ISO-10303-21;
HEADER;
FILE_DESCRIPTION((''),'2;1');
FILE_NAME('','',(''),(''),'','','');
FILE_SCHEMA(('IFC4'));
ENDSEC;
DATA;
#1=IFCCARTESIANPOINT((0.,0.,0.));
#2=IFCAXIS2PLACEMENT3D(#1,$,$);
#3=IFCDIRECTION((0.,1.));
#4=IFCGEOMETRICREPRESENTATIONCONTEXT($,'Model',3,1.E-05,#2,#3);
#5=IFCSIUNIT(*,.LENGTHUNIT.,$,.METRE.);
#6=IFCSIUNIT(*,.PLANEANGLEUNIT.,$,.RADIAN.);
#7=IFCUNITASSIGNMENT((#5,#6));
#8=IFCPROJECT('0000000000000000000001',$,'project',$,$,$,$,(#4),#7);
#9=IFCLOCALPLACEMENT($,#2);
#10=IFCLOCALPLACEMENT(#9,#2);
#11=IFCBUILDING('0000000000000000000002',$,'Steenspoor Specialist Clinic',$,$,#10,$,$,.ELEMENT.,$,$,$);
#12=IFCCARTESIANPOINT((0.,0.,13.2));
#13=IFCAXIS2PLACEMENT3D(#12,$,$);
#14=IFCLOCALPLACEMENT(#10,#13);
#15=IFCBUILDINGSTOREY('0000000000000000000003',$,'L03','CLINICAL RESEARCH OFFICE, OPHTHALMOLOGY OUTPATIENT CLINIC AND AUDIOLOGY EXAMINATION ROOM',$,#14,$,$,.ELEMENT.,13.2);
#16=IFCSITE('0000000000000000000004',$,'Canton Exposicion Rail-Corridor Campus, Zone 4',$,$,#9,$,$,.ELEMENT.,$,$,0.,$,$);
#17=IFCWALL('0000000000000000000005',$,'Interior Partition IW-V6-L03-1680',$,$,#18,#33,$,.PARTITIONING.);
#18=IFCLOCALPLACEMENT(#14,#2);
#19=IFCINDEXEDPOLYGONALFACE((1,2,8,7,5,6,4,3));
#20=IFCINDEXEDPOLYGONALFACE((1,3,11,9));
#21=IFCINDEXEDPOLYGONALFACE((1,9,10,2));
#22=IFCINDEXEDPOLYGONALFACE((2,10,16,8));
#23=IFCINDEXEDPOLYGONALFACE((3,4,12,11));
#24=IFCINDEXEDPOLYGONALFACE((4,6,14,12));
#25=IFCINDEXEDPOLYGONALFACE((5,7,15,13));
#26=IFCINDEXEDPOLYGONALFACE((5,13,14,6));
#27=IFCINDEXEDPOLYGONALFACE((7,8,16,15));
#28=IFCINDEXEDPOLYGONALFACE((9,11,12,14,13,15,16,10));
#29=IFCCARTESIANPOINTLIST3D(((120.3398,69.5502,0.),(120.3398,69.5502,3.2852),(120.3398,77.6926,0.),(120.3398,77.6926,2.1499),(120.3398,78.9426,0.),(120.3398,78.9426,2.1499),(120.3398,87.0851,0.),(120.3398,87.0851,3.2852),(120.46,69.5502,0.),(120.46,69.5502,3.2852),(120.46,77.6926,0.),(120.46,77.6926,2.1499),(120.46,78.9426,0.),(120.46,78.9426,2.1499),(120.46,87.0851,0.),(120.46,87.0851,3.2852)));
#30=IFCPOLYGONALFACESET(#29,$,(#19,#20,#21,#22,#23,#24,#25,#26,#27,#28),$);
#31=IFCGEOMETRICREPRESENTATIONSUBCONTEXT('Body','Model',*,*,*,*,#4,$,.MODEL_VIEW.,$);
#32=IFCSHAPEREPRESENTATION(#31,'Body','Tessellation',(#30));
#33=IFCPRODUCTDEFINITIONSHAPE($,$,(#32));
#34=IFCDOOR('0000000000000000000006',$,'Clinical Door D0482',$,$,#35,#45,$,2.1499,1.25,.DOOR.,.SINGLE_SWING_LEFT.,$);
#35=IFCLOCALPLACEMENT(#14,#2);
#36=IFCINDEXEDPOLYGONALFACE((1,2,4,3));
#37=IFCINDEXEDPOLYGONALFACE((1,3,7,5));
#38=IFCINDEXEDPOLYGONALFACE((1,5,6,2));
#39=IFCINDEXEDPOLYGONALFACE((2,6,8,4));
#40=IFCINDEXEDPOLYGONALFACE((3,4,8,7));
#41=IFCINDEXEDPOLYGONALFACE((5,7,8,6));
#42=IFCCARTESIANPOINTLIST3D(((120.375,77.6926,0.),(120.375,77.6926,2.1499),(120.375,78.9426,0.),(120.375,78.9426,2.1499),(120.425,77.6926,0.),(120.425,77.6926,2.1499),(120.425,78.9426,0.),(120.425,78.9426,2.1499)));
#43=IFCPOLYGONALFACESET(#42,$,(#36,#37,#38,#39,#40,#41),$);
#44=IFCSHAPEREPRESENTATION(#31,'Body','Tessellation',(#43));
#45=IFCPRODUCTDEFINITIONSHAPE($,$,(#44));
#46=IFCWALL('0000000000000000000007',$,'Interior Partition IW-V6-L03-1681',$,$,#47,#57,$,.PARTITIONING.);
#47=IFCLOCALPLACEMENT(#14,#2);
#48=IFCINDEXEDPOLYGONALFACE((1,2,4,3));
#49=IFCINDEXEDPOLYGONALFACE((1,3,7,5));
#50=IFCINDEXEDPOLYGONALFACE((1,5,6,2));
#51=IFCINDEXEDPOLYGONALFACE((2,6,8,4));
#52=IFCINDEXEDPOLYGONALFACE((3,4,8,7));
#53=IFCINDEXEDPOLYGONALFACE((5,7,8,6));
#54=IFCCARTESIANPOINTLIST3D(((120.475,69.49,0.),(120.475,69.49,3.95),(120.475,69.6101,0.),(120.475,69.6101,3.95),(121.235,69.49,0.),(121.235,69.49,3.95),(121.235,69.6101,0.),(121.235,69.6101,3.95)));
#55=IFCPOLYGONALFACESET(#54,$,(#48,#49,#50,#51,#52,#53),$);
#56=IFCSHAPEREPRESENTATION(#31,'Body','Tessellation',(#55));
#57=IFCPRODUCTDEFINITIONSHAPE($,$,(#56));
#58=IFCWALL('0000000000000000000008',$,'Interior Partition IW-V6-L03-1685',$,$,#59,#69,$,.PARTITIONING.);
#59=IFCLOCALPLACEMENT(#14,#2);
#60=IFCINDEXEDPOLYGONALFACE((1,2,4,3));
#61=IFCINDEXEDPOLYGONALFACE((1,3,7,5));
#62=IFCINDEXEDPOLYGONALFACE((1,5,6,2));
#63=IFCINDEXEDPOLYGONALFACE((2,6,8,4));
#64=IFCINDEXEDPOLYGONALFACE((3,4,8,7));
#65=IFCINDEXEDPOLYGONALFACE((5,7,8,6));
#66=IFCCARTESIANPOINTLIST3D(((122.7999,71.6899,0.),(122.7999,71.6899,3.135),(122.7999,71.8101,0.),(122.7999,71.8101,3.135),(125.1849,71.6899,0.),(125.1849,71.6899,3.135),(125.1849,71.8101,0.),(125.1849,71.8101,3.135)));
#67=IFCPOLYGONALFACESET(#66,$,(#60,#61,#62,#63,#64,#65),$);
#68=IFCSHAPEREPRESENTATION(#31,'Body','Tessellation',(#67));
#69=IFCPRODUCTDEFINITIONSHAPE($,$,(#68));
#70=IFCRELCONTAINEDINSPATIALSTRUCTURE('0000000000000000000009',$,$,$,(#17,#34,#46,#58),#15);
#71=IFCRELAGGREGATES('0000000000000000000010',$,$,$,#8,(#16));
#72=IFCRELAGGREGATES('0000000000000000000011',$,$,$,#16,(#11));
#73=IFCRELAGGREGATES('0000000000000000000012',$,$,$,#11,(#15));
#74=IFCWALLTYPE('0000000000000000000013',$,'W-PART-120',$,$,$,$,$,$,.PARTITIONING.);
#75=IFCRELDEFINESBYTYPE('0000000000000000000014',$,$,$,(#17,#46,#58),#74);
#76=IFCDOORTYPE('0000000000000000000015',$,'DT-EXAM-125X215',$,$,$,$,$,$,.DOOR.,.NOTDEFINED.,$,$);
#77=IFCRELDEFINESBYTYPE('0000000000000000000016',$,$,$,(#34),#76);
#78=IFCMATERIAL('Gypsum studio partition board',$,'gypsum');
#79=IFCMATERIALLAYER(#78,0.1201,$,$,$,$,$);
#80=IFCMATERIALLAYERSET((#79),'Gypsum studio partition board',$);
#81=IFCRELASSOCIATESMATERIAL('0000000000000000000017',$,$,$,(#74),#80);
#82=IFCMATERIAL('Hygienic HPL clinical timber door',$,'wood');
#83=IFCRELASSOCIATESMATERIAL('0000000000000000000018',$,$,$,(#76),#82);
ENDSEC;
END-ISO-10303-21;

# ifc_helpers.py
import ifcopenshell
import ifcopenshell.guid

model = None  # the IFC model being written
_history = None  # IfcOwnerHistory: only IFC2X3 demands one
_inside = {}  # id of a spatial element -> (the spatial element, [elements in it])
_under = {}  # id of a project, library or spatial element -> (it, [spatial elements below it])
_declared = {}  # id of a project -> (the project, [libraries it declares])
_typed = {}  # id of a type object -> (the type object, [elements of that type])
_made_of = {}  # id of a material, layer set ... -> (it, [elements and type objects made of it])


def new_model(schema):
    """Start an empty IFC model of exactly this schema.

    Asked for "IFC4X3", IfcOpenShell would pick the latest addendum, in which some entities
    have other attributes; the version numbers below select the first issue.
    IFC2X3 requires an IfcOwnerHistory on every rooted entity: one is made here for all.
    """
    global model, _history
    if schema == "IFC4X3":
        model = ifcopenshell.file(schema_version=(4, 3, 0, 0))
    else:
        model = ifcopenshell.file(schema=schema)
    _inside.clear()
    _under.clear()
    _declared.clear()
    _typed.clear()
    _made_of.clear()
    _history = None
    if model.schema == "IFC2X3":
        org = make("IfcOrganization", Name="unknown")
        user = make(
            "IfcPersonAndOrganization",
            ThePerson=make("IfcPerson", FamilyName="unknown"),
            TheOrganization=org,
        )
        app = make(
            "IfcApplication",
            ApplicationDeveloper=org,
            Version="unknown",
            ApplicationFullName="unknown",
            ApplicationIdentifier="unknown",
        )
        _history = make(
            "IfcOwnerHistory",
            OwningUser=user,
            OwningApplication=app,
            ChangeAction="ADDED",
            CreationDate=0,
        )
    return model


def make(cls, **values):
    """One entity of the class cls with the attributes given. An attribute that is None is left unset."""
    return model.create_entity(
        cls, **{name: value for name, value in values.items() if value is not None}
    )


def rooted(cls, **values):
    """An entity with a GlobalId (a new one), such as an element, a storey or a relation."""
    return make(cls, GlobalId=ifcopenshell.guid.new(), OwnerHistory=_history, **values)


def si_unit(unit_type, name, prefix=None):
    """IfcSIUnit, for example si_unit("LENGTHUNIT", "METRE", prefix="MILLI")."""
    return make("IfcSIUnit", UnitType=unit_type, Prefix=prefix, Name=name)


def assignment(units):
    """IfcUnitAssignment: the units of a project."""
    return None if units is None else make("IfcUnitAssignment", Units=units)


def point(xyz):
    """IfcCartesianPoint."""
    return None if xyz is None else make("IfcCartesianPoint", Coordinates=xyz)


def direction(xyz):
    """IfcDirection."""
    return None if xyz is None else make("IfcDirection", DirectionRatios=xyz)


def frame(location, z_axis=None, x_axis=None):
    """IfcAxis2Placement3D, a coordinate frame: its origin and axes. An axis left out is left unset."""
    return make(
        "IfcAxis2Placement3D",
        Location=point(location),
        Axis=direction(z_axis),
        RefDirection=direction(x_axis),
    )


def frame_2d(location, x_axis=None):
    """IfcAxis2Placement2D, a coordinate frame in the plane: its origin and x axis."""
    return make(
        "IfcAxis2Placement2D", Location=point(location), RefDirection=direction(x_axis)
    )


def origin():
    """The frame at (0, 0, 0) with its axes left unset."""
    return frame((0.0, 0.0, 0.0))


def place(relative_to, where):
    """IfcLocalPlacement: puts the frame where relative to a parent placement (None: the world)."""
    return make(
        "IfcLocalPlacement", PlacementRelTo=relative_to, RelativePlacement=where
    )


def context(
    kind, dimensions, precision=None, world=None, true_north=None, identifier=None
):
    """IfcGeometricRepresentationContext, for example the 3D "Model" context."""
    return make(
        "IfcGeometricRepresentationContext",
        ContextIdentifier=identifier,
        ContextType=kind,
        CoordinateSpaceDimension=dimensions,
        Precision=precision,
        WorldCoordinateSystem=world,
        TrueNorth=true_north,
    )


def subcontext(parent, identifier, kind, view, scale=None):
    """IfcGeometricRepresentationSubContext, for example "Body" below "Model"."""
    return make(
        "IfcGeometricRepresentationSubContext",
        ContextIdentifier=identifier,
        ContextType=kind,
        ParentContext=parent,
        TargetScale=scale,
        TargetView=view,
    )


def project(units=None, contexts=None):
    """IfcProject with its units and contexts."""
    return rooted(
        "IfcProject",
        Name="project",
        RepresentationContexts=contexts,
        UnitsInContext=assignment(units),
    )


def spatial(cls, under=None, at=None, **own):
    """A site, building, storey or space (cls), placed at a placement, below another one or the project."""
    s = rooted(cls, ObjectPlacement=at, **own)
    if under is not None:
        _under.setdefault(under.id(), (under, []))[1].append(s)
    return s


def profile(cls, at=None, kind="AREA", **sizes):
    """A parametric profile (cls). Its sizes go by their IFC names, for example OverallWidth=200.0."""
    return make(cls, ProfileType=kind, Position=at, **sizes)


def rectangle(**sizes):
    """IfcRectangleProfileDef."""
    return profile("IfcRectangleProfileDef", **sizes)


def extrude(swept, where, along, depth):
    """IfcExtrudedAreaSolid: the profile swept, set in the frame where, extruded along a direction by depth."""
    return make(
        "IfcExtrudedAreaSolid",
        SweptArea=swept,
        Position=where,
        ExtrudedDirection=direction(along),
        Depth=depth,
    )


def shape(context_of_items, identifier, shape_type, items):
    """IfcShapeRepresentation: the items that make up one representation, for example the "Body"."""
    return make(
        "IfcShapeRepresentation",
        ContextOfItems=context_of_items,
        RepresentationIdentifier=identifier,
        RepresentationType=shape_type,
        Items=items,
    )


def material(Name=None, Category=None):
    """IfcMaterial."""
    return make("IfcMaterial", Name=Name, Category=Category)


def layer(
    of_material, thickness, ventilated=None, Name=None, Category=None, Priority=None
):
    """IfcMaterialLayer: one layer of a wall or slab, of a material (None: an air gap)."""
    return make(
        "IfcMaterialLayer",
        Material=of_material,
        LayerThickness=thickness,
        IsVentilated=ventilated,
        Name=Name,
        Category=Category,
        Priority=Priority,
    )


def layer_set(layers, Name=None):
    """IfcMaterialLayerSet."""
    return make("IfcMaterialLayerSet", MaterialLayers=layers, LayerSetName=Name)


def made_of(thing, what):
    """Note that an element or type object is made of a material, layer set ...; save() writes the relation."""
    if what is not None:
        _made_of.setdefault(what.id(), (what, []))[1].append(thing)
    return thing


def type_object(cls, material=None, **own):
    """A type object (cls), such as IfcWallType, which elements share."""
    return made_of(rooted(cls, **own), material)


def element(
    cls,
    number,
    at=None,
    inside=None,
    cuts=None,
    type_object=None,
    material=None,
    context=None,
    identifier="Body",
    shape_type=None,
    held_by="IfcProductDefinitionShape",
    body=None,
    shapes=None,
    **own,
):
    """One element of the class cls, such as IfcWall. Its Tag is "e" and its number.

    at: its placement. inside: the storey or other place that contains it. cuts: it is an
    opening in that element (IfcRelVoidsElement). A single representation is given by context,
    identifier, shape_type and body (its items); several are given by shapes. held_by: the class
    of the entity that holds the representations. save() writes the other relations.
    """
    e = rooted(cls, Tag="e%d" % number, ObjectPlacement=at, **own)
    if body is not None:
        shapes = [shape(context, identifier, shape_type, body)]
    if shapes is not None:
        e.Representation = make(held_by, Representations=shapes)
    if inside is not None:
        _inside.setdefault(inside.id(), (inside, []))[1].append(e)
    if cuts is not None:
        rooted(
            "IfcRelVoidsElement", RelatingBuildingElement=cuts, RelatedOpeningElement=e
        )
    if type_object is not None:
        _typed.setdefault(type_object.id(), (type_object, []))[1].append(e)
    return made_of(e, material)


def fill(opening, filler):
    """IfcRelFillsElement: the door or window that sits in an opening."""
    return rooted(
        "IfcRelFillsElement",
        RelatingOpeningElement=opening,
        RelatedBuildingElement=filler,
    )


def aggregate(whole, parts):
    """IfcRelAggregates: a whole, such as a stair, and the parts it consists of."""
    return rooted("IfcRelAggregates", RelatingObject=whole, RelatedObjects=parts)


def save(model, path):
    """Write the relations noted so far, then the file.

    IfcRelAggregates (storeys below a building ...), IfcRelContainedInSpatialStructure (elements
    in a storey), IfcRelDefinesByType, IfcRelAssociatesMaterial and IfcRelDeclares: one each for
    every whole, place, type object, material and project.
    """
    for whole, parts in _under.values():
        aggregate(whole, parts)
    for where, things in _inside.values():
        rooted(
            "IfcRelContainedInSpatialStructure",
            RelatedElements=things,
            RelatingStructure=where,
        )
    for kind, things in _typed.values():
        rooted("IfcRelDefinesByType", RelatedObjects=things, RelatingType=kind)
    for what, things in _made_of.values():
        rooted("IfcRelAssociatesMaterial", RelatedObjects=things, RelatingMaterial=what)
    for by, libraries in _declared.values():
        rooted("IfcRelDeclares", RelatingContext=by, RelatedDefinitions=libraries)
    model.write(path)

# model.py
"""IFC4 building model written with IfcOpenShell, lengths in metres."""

from ifc_helpers import new_model, si_unit, direction, frame, frame_2d, origin, place, context, subcontext, project, spatial, rectangle, extrude, material, layer, layer_set, type_object, element, fill, save


model = new_model("IFC4")

# Units and contexts
model_context = context("Model", 3, precision=1e-05, world=origin(), true_north=direction((0.0, 1.0)))
body_context = subcontext(model_context, "Body", "Model", "MODEL_VIEW")
ifc_project = project(units=[si_unit("LENGTHUNIT", "METRE"), si_unit("PLANEANGLEUNIT", "RADIAN")], contexts=[model_context])

# Site, building, storey
site_placement = place(None, origin())
site = spatial("IfcSite", under=ifc_project, at=site_placement, Name="Canton Exposicion Rail-Corridor Campus, Zone 4", CompositionType="ELEMENT", RefElevation=0.0)
building_placement = place(site_placement, origin())
building = spatial("IfcBuilding", under=site, at=building_placement, Name="Steenspoor Specialist Clinic", CompositionType="ELEMENT")
storey_placement = place(building_placement, frame((0.0, 0.0, 13.2)))
storey = spatial("IfcBuildingStorey", under=building, at=storey_placement, Name="L03", Description="CLINICAL RESEARCH OFFICE, OPHTHALMOLOGY OUTPATIENT CLINIC AND AUDIOLOGY EXAMINATION ROOM", CompositionType="ELEMENT", Elevation=13.2)

# Wall, opening, door
ifc_material_1 = material(Name="Gypsum studio partition board", Category="gypsum")
ifc_layer_1 = layer(ifc_material_1, 0.1201)
ifc_layer_set_1 = layer_set([ifc_layer_1], Name="Gypsum studio partition board")
wall_type_1 = type_object("IfcWallType", Name="W-PART-120", PredefinedType="PARTITIONING", material=ifc_layer_set_1)
wall_1_placement = place(storey_placement, frame((120.3999, 69.55, 0.0), z_axis=(0.0, 0.0, 1.0), x_axis=(0.0, 1.0, 0.0)))
wall_1 = element("IfcWall", 1, at=wall_1_placement, inside=storey, type_object=wall_type_1, Name="Interior Partition IW-V6-L03-1680", PredefinedType="PARTITIONING", context=body_context, shape_type="SweptSolid", body=[
    extrude(rectangle(XDim=17.5349, YDim=0.1201, at=frame_2d((8.7676, 0.0))), origin(), (0.0, 0.0, 1.0), 3.2852),
])
opening_1_placement = place(wall_1_placement, frame((8.1426, 0.0, 0.0)))
opening_1 = element("IfcOpeningElement", 2, at=opening_1_placement, cuts=wall_1, PredefinedType="OPENING", context=body_context, shape_type="SweptSolid", body=[
    extrude(rectangle(XDim=1.25, YDim=2.1499, at=frame_2d((0.625, 1.075))), frame((0.0, 0.0701, 0.0), z_axis=(0.0, -1.0, 0.0), x_axis=(1.0, 0.0, 0.0)), (0.0, 0.0, 1.0), 0.1401),
])
ifc_material_2 = material(Name="Hygienic HPL clinical timber door", Category="wood")
door_type_1 = type_object("IfcDoorType", Name="DT-EXAM-125X215", OperationType="NOTDEFINED", PredefinedType="DOOR", material=ifc_material_2)
door_1_placement = place(opening_1_placement, origin())
door_1 = element("IfcDoor", 3, at=door_1_placement, inside=storey, type_object=door_type_1, Name="Clinical Door D0482", OperationType="SINGLE_SWING_LEFT", OverallHeight=2.1499, OverallWidth=1.25, PredefinedType="DOOR", context=body_context, shape_type="SweptSolid", body=[
    extrude(rectangle(XDim=1.25, YDim=2.1499, at=frame_2d((0.625, 1.075))), frame((0.0, 0.0249, 0.0), z_axis=(0.0, -1.0, 0.0), x_axis=(1.0, 0.0, 0.0)), (0.0, 0.0, 1.0), 0.05),
])
fill(opening_1, door_1)

# Walls
wall_2_placement = place(storey_placement, frame((120.4751, 69.55, 0.0), z_axis=(0.0, 0.0, 1.0), x_axis=(1.0, 0.0, 0.0)))
element("IfcWall", 4, at=wall_2_placement, inside=storey, type_object=wall_type_1, Name="Interior Partition IW-V6-L03-1681", PredefinedType="PARTITIONING", context=body_context, shape_type="SweptSolid", body=[
    extrude(rectangle(XDim=0.76, YDim=0.1201, at=frame_2d((0.3799, 0.0))), origin(), (0.0, 0.0, 1.0), 3.95),
])
wall_3_placement = place(storey_placement, frame((122.8, 71.75, 0.0), z_axis=(0.0, 0.0, 1.0), x_axis=(1.0, 0.0, 0.0)))
element("IfcWall", 5, at=wall_3_placement, inside=storey, type_object=wall_type_1, Name="Interior Partition IW-V6-L03-1685", PredefinedType="PARTITIONING", context=body_context, shape_type="SweptSolid", body=[
    extrude(rectangle(XDim=2.385, YDim=0.1201, at=frame_2d((1.1924, 0.0))), origin(), (0.0, 0.0, 1.0), 3.135),
])

save(model, "model.ifc")
